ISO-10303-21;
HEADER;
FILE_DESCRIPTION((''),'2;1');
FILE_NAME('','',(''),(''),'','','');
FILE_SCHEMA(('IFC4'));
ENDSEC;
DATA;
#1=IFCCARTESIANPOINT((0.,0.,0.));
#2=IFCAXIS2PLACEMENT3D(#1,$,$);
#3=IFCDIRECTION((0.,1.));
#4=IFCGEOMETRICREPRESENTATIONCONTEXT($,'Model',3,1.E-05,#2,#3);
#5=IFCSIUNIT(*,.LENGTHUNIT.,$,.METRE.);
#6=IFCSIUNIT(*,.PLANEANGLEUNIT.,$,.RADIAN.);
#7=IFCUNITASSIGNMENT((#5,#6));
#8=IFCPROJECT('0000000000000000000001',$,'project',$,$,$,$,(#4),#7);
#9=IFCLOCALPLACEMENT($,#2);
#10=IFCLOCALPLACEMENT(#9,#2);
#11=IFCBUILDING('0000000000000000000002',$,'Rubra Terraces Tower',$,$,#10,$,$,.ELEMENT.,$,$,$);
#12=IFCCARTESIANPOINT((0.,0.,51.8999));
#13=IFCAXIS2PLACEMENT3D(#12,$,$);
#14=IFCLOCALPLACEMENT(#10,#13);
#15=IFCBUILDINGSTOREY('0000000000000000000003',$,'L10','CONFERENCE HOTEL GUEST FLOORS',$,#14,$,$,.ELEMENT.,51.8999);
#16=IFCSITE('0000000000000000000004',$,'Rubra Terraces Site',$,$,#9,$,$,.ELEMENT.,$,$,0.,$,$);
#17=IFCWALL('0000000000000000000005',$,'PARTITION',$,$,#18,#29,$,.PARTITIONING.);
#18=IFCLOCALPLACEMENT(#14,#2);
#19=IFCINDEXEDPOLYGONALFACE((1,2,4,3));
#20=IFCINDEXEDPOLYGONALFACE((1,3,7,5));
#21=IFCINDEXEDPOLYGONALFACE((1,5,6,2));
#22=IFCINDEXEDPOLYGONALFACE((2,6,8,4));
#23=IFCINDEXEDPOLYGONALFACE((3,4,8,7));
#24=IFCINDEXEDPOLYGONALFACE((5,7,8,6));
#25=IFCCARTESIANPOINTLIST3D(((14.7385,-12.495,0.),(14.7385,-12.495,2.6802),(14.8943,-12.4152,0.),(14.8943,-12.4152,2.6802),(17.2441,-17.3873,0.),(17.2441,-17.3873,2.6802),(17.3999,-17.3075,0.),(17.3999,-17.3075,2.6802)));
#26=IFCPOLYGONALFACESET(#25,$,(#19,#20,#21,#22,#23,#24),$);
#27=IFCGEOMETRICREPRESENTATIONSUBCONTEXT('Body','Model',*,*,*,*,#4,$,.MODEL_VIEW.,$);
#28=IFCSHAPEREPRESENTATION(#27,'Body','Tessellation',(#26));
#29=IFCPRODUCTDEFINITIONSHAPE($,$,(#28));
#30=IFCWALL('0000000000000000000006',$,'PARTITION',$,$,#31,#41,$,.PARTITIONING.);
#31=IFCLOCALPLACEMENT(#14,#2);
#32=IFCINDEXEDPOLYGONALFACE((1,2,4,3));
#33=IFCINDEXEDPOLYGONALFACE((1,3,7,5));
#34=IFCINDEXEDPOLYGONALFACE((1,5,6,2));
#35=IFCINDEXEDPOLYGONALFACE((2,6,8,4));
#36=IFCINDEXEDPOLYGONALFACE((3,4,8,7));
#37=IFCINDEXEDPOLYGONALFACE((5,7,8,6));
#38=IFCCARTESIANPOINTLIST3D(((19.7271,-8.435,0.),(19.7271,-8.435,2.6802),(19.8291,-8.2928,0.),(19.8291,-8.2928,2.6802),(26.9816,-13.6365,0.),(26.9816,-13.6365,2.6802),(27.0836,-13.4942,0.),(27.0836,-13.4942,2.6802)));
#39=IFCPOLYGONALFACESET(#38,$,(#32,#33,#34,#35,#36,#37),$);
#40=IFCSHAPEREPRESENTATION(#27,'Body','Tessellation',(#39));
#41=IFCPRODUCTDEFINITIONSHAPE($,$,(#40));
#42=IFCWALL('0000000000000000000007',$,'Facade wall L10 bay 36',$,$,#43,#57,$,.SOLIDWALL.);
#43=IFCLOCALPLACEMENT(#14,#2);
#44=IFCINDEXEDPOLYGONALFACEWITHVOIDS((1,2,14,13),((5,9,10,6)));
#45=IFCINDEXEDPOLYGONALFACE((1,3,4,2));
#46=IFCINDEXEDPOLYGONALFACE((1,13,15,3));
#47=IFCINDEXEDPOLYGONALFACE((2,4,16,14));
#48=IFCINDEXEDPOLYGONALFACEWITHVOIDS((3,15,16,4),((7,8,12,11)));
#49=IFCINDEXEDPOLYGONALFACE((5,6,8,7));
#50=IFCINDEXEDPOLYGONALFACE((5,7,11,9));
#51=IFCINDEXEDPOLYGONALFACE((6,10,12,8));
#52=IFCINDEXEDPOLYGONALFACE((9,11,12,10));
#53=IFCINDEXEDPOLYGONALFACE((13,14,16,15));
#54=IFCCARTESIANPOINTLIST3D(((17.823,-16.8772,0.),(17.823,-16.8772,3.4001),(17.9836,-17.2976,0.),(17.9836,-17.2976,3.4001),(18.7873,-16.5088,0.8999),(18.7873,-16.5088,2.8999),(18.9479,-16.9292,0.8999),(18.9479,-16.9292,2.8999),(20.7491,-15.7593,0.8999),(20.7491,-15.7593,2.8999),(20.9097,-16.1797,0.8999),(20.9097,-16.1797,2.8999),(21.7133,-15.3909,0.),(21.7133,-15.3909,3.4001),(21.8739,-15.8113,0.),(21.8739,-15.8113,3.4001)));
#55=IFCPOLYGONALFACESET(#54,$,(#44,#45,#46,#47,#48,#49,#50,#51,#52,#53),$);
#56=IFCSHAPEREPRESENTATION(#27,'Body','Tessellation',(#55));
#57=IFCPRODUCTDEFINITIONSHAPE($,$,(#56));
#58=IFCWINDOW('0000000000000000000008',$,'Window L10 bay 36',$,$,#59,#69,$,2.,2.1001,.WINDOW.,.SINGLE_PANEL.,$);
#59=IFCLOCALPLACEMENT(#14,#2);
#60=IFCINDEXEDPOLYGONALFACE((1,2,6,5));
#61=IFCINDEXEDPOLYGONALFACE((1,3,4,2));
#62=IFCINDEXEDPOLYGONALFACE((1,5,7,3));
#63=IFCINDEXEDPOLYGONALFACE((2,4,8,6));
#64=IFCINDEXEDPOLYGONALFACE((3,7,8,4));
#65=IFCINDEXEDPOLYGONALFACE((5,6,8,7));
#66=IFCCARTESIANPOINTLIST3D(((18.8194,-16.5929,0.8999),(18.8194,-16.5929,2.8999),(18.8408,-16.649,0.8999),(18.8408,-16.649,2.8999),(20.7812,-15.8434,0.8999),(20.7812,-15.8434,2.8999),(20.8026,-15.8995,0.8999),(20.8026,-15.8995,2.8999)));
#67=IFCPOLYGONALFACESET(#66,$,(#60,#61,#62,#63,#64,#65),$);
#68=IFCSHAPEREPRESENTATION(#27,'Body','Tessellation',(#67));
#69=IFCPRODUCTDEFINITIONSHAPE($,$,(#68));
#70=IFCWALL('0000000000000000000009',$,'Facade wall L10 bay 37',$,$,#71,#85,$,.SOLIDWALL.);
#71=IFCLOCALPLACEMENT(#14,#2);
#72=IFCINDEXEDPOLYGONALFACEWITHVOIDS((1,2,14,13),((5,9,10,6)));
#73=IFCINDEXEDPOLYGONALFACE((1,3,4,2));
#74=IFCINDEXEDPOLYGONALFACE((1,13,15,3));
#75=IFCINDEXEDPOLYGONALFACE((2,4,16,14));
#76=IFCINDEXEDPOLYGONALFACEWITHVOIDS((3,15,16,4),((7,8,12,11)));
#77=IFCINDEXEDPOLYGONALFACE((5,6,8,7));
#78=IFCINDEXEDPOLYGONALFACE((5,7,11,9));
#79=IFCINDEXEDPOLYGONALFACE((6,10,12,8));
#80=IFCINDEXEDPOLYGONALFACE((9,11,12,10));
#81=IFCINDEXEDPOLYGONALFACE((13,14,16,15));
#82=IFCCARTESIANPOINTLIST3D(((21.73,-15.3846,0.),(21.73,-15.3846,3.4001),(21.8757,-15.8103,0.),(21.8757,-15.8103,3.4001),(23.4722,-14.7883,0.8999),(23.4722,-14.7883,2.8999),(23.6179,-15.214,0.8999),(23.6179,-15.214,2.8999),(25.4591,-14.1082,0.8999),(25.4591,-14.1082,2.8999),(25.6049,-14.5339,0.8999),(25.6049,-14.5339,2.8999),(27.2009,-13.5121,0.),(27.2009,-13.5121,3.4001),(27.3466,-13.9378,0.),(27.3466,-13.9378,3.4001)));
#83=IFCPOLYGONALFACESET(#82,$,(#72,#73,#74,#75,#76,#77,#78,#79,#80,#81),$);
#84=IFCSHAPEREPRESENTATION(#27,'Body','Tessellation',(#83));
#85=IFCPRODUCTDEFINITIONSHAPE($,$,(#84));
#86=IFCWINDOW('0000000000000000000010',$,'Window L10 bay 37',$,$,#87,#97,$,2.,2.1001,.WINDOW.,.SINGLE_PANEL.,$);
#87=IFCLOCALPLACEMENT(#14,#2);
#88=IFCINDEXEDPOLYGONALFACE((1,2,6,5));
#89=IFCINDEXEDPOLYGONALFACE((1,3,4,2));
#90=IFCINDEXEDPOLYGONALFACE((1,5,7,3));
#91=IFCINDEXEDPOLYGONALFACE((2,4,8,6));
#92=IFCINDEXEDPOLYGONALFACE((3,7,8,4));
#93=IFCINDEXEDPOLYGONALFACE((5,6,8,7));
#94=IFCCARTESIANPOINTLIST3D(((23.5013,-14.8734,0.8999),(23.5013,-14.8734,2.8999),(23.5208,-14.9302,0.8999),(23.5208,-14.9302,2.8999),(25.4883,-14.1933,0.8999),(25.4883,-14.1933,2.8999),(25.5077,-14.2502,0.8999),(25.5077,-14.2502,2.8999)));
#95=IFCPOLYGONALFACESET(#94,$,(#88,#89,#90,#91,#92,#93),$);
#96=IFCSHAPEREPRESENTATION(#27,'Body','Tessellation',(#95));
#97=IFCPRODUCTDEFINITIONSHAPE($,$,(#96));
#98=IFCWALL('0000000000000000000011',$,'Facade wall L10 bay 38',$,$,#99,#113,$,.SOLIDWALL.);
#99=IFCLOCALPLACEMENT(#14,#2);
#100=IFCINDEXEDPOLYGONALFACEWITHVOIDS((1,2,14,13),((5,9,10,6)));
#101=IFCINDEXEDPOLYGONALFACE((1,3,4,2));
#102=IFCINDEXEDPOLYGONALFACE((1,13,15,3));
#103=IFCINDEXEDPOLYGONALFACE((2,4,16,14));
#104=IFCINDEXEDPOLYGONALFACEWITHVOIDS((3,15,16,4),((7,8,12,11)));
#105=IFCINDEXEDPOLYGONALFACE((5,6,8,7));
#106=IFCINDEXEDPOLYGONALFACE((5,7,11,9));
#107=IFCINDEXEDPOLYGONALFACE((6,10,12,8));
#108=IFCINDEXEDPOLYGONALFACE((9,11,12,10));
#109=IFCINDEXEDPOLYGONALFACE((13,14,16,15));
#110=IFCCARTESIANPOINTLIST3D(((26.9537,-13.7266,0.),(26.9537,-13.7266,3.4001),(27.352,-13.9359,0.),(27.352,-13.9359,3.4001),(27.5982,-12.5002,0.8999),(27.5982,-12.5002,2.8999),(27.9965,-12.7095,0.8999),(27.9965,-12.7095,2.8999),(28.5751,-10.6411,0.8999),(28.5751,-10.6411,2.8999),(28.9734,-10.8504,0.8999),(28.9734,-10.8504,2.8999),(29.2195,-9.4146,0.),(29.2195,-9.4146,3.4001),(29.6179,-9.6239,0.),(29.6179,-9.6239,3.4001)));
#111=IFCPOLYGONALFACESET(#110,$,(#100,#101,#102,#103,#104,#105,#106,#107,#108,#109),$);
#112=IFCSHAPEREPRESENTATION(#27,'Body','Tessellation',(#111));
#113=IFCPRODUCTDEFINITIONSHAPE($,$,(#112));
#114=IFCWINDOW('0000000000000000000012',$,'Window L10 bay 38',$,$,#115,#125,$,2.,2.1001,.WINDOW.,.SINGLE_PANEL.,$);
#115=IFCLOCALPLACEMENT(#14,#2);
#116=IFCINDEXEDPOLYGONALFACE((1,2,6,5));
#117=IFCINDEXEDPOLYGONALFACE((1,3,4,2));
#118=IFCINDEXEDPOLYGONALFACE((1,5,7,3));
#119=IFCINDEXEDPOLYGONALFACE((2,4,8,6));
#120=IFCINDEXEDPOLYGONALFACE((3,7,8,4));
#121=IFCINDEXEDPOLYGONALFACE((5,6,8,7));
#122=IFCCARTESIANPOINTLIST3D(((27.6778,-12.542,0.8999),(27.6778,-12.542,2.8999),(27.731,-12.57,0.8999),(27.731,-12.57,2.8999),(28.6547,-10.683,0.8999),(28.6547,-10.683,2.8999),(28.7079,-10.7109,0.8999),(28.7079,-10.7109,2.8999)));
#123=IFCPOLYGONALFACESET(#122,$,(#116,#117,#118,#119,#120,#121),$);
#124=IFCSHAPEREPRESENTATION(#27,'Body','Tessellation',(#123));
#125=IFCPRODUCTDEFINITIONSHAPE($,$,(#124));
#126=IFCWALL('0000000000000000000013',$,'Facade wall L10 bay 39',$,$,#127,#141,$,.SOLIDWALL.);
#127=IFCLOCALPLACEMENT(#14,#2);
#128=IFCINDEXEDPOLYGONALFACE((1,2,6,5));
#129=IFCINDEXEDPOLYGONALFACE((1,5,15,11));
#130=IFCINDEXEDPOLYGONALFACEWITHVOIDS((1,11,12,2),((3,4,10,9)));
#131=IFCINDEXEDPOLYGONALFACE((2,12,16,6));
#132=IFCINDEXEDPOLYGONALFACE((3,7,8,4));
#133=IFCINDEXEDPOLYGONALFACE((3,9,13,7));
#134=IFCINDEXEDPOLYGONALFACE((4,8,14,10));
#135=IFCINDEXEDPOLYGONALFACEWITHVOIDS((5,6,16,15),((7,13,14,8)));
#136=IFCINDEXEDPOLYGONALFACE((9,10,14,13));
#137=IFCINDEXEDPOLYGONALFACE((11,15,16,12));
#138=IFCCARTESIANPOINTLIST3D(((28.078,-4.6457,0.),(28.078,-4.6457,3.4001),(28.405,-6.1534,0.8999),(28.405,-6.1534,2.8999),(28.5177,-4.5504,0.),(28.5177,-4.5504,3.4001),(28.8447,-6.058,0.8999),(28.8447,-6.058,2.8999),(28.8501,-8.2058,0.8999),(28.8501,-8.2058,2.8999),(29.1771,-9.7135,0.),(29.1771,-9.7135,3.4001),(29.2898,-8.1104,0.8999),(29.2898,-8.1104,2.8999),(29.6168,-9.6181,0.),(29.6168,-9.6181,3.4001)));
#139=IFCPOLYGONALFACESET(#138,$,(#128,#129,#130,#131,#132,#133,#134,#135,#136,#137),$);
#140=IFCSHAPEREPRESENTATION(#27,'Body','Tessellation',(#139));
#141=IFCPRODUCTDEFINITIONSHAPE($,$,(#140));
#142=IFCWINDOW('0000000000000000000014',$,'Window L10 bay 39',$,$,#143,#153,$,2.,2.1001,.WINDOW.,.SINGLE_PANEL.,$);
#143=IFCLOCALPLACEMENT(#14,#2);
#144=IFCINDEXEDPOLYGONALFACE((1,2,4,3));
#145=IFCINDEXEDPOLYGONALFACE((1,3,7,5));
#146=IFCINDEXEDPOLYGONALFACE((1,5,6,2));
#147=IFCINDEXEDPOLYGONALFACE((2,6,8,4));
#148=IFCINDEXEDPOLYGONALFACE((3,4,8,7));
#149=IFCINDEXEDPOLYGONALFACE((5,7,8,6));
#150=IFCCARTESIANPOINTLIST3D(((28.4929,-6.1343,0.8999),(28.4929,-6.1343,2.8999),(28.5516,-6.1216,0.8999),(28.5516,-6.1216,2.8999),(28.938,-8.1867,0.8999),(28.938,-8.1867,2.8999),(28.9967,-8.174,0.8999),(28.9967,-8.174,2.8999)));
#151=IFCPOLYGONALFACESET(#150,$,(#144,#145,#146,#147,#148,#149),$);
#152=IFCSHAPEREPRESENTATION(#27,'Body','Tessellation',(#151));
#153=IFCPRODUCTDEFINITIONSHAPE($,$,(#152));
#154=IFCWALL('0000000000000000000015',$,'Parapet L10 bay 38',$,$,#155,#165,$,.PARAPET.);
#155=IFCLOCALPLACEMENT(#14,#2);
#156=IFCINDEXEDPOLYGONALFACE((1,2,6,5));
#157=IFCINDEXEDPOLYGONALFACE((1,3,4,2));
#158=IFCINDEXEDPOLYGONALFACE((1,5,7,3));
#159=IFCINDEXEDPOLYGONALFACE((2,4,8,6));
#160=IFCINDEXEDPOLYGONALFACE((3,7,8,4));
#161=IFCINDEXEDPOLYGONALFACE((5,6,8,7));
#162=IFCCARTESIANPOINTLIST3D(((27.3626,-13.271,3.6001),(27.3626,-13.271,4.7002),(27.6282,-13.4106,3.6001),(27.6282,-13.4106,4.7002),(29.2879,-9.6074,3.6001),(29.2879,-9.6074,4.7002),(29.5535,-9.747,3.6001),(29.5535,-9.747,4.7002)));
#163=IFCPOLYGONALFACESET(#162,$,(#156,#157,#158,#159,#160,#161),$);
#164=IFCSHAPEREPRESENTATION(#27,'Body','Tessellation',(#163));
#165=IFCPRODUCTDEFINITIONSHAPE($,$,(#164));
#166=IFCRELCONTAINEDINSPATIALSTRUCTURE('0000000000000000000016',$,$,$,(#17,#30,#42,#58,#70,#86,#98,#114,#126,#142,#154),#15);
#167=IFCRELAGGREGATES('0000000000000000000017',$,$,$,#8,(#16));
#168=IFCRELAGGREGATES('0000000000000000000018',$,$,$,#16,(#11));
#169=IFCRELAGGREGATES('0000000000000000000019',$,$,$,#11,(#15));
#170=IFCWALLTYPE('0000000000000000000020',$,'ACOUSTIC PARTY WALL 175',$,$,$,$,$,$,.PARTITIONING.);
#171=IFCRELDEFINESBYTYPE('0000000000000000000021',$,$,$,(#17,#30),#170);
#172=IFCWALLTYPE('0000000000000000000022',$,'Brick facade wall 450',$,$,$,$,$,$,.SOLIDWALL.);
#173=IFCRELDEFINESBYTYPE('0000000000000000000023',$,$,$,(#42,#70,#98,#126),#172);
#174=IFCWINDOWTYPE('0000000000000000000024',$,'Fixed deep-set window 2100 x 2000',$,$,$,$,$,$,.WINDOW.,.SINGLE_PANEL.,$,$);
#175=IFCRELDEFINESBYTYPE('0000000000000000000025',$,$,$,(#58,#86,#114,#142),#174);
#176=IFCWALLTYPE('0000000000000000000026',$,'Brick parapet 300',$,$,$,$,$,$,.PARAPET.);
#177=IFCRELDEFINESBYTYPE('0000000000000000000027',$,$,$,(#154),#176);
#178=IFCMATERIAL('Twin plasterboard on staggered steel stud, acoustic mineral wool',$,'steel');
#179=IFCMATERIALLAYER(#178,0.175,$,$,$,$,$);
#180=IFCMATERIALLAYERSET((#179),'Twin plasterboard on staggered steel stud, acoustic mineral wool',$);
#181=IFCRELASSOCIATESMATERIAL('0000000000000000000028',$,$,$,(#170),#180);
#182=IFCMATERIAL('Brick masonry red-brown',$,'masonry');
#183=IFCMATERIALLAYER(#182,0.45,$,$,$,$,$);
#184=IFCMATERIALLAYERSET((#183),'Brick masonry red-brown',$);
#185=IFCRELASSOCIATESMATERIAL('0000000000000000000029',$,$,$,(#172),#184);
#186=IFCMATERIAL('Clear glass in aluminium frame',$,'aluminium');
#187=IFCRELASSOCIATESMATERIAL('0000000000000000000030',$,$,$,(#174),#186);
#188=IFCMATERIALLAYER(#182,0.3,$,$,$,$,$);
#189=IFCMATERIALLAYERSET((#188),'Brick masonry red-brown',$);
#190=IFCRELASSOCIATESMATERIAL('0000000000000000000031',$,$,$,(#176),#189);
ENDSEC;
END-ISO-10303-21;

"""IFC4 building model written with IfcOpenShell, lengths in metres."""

from ifc_helpers import new_model, si_unit, direction, frame, frame_2d, origin, place, context, subcontext, project, spatial, rectangle, extrude, material, layer, layer_set, type_object, element, fill, save


model = new_model("IFC4")

# Units and contexts
model_context = context("Model", 3, precision=1e-05, world=origin(), true_north=direction((0.0, 1.0)))
body_context = subcontext(model_context, "Body", "Model", "MODEL_VIEW")
ifc_project = project(units=[si_unit("LENGTHUNIT", "METRE"), si_unit("PLANEANGLEUNIT", "RADIAN")], contexts=[model_context])

# Site, building, storey
site_placement = place(None, origin())
site = spatial("IfcSite", under=ifc_project, at=site_placement, Name="Rubra Terraces Site", CompositionType="ELEMENT", RefElevation=0.0)
building_placement = place(site_placement, origin())
building = spatial("IfcBuilding", under=site, at=building_placement, Name="Rubra Terraces Tower", CompositionType="ELEMENT")
storey_placement = place(building_placement, frame((0.0, 0.0, 51.8999)))
storey = spatial("IfcBuildingStorey", under=building, at=storey_placement, Name="L10", Description="CONFERENCE HOTEL GUEST FLOORS", CompositionType="ELEMENT", Elevation=51.8999)

# Walls
ifc_material_1 = material(Name="Twin plasterboard on staggered steel stud, acoustic mineral wool", Category="steel")
ifc_layer_1 = layer(ifc_material_1, 0.175)
ifc_layer_set_1 = layer_set([ifc_layer_1], Name="Twin plasterboard on staggered steel stud, acoustic mineral wool")
wall_type_1 = type_object("IfcWallType", Name="ACOUSTIC PARTY WALL 175", PredefinedType="PARTITIONING", material=ifc_layer_set_1)
wall_1_placement = place(storey_placement, frame((17.322, -17.3474, 0.0), z_axis=(0.0, 0.0, 1.0), x_axis=(-0.455845, 0.890059, 0.0)))
element("IfcWall", 1, at=wall_1_placement, inside=storey, type_object=wall_type_1, Name="PARTITION", PredefinedType="PARTITIONING", context=body_context, shape_type="SweptSolid", body=[
    extrude(rectangle(XDim=5.4966, YDim=0.175, at=frame_2d((2.7483, 0.0))), origin(), (0.0, 0.0, 1.0), 2.6802),
])
wall_2_placement = place(storey_placement, frame((27.0327, -13.5654, 0.0), z_axis=(0.0, 0.0, 1.0), x_axis=(-0.812688, 0.582699, 0.0)))
element("IfcWall", 2, at=wall_2_placement, inside=storey, type_object=wall_type_1, Name="PARTITION", PredefinedType="PARTITIONING", context=body_context, shape_type="SweptSolid", body=[
    extrude(rectangle(XDim=8.9265, YDim=0.175, at=frame_2d((4.4634, 0.0))), origin(), (0.0, 0.0, 1.0), 2.6802),
])

# Walls, openings, windows
ifc_material_2 = material(Name="Brick masonry red-brown", Category="masonry")
ifc_layer_2 = layer(ifc_material_2, 0.45)
ifc_layer_set_2 = layer_set([ifc_layer_2], Name="Brick masonry red-brown")
wall_type_2 = type_object("IfcWallType", Name="Brick facade wall 450", PredefinedType="SOLIDWALL", material=ifc_layer_set_2)
wall_3_placement = place(storey_placement, frame((17.9033, -17.0874, 0.0), z_axis=(0.0, 0.0, 1.0), x_axis=(0.934146, 0.356892, 0.0)))
wall_3 = element("IfcWall", 3, at=wall_3_placement, inside=storey, type_object=wall_type_2, Name="Facade wall L10 bay 36", PredefinedType="SOLIDWALL", context=body_context, shape_type="SweptSolid", body=[
    extrude(rectangle(XDim=4.1646, YDim=0.45, at=frame_2d((2.0823, 0.0))), origin(), (0.0, 0.0, 1.0), 3.4001),
])
opening_1_placement = place(wall_3_placement, frame((1.0322, 0.0, 0.8999)))
opening_1 = element("IfcOpeningElement", 4, at=opening_1_placement, cuts=wall_3, PredefinedType="OPENING", context=body_context, shape_type="SweptSolid", body=[
    extrude(rectangle(XDim=2.1001, YDim=2.0, at=frame_2d((1.05, 1.0))), frame((0.0, 0.2349, 0.0), z_axis=(0.0, -1.0, 0.0), x_axis=(1.0, 0.0, 0.0)), (0.0, 0.0, 1.0), 0.47),
])
ifc_material_3 = material(Name="Clear glass in aluminium frame", Category="aluminium")
window_type = type_object("IfcWindowType", Name="Fixed deep-set window 2100 x 2000", PartitioningType="SINGLE_PANEL", PredefinedType="WINDOW", material=ifc_material_3)
window_1_placement = place(opening_1_placement, origin())
window_1 = element("IfcWindow", 5, at=window_1_placement, inside=storey, type_object=window_type, Name="Window L10 bay 36", OverallHeight=2.0, OverallWidth=2.1001, PartitioningType="SINGLE_PANEL", PredefinedType="WINDOW", context=body_context, shape_type="SweptSolid", body=[
    extrude(rectangle(XDim=2.1001, YDim=2.0, at=frame_2d((1.05, 1.0))), frame((0.0, 0.135, 0.0), z_axis=(0.0, -1.0, 0.0), x_axis=(1.0, 0.0, 0.0)), (0.0, 0.0, 1.0), 0.0601),
])
fill(opening_1, window_1)
wall_4_placement = place(storey_placement, frame((21.803, -15.5974, 0.0), z_axis=(0.0, 0.0, 1.0), x_axis=(0.946115, 0.32383, 0.0)))
wall_4 = element("IfcWall", 6, at=wall_4_placement, inside=storey, type_object=wall_type_2, Name="Facade wall L10 bay 37", PredefinedType="SOLIDWALL", context=body_context, shape_type="SweptSolid", body=[
    extrude(rectangle(XDim=5.7825, YDim=0.45, at=frame_2d((2.8911, 0.0))), origin(), (0.0, 0.0, 1.0), 3.4001),
])
opening_2_placement = place(wall_4_placement, frame((1.8413, 0.0, 0.8999)))
opening_2 = element("IfcOpeningElement", 7, at=opening_2_placement, cuts=wall_4, PredefinedType="OPENING", context=body_context, shape_type="SweptSolid", body=[
    extrude(rectangle(XDim=2.1001, YDim=2.0, at=frame_2d((1.05, 1.0))), frame((0.0, 0.2349, 0.0), z_axis=(0.0, -1.0, 0.0), x_axis=(1.0, 0.0, 0.0)), (0.0, 0.0, 1.0), 0.47),
])
window_2_placement = place(opening_2_placement, origin())
window_2 = element("IfcWindow", 8, at=window_2_placement, inside=storey, type_object=window_type, Name="Window L10 bay 37", OverallHeight=2.0, OverallWidth=2.1001, PartitioningType="SINGLE_PANEL", PredefinedType="WINDOW", context=body_context, shape_type="SweptSolid", body=[
    extrude(rectangle(XDim=2.1001, YDim=2.0, at=frame_2d((1.05, 1.0))), frame((0.0, 0.135, 0.0), z_axis=(0.0, -1.0, 0.0), x_axis=(1.0, 0.0, 0.0)), (0.0, 0.0, 1.0), 0.0601),
])
fill(opening_2, window_2)
wall_5_placement = place(storey_placement, frame((27.1528, -13.8313, 0.0), z_axis=(0.0, 0.0, 1.0), x_axis=(0.465166, 0.885224, 0.0)))
wall_5 = element("IfcWall", 9, at=wall_5_placement, inside=storey, type_object=wall_type_2, Name="Facade wall L10 bay 38", PredefinedType="SOLIDWALL", context=body_context, shape_type="SweptSolid", body=[
    extrude(rectangle(XDim=4.8711, YDim=0.45, at=frame_2d((2.4355, 0.0))), origin(), (0.0, 0.0, 1.0), 3.4001),
])
opening_3_placement = place(wall_5_placement, frame((1.3855, 0.0, 0.8999)))
opening_3 = element("IfcOpeningElement", 10, at=opening_3_placement, cuts=wall_5, PredefinedType="OPENING", context=body_context, shape_type="SweptSolid", body=[
    extrude(rectangle(XDim=2.1001, YDim=2.0, at=frame_2d((1.05, 1.0))), frame((0.0, 0.2349, 0.0), z_axis=(0.0, -1.0, 0.0), x_axis=(1.0, 0.0, 0.0)), (0.0, 0.0, 1.0), 0.47),
])
window_3_placement = place(opening_3_placement, origin())
window_3 = element("IfcWindow", 11, at=window_3_placement, inside=storey, type_object=window_type, Name="Window L10 bay 38", OverallHeight=2.0, OverallWidth=2.1001, PartitioningType="SINGLE_PANEL", PredefinedType="WINDOW", context=body_context, shape_type="SweptSolid", body=[
    extrude(rectangle(XDim=2.1001, YDim=2.0, at=frame_2d((1.05, 1.0))), frame((0.0, 0.135, 0.0), z_axis=(0.0, -1.0, 0.0), x_axis=(1.0, 0.0, 0.0)), (0.0, 0.0, 1.0), 0.0601),
])
fill(opening_3, window_3)
wall_6_placement = place(storey_placement, frame((29.397, -9.6658, 0.0), z_axis=(0.0, 0.0, 1.0), x_axis=(-0.211962, 0.977278, 0.0)))
wall_6 = element("IfcWall", 12, at=wall_6_placement, inside=storey, type_object=wall_type_2, Name="Facade wall L10 bay 39", PredefinedType="SOLIDWALL", context=body_context, shape_type="SweptSolid", body=[
    extrude(rectangle(XDim=5.1855, YDim=0.45, at=frame_2d((2.5928, 0.0))), origin(), (0.0, 0.0, 1.0), 3.4001),
])
opening_4_placement = place(wall_6_placement, frame((1.5427, 0.0, 0.8999)))
opening_4 = element("IfcOpeningElement", 13, at=opening_4_placement, cuts=wall_6, PredefinedType="OPENING", context=body_context, shape_type="SweptSolid", body=[
    extrude(rectangle(XDim=2.1001, YDim=2.0, at=frame_2d((1.05, 1.0))), frame((0.0, 0.2349, 0.0), z_axis=(0.0, -1.0, 0.0), x_axis=(1.0, 0.0, 0.0)), (0.0, 0.0, 1.0), 0.47),
])
window_4_placement = place(opening_4_placement, origin())
window_4 = element("IfcWindow", 14, at=window_4_placement, inside=storey, type_object=window_type, Name="Window L10 bay 39", OverallHeight=2.0, OverallWidth=2.1001, PartitioningType="SINGLE_PANEL", PredefinedType="WINDOW", context=body_context, shape_type="SweptSolid", body=[
    extrude(rectangle(XDim=2.1001, YDim=2.0, at=frame_2d((1.05, 1.0))), frame((0.0, 0.135, 0.0), z_axis=(0.0, -1.0, 0.0), x_axis=(1.0, 0.0, 0.0)), (0.0, 0.0, 1.0), 0.0601),
])
fill(opening_4, window_4)

# Wall
ifc_layer_3 = layer(ifc_material_2, 0.3)
ifc_layer_set_3 = layer_set([ifc_layer_3], Name="Brick masonry red-brown")
wall_type_3 = type_object("IfcWallType", Name="Brick parapet 300", PredefinedType="PARAPET", material=ifc_layer_set_3)
wall_7_placement = place(storey_placement, frame((27.4954, -13.3408, 3.6001), z_axis=(0.0, 0.0, 1.0), x_axis=(0.465197, 0.885207, 0.0)))
element("IfcWall", 15, at=wall_7_placement, inside=storey, type_object=wall_type_3, Name="Parapet L10 bay 38", PredefinedType="PARAPET", context=body_context, shape_type="SweptSolid", body=[
    extrude(rectangle(XDim=4.1387, YDim=0.3, at=frame_2d((2.0693, 0.0))), origin(), (0.0, 0.0, 1.0), 1.1001),
])

save(model, "model.ifc")
